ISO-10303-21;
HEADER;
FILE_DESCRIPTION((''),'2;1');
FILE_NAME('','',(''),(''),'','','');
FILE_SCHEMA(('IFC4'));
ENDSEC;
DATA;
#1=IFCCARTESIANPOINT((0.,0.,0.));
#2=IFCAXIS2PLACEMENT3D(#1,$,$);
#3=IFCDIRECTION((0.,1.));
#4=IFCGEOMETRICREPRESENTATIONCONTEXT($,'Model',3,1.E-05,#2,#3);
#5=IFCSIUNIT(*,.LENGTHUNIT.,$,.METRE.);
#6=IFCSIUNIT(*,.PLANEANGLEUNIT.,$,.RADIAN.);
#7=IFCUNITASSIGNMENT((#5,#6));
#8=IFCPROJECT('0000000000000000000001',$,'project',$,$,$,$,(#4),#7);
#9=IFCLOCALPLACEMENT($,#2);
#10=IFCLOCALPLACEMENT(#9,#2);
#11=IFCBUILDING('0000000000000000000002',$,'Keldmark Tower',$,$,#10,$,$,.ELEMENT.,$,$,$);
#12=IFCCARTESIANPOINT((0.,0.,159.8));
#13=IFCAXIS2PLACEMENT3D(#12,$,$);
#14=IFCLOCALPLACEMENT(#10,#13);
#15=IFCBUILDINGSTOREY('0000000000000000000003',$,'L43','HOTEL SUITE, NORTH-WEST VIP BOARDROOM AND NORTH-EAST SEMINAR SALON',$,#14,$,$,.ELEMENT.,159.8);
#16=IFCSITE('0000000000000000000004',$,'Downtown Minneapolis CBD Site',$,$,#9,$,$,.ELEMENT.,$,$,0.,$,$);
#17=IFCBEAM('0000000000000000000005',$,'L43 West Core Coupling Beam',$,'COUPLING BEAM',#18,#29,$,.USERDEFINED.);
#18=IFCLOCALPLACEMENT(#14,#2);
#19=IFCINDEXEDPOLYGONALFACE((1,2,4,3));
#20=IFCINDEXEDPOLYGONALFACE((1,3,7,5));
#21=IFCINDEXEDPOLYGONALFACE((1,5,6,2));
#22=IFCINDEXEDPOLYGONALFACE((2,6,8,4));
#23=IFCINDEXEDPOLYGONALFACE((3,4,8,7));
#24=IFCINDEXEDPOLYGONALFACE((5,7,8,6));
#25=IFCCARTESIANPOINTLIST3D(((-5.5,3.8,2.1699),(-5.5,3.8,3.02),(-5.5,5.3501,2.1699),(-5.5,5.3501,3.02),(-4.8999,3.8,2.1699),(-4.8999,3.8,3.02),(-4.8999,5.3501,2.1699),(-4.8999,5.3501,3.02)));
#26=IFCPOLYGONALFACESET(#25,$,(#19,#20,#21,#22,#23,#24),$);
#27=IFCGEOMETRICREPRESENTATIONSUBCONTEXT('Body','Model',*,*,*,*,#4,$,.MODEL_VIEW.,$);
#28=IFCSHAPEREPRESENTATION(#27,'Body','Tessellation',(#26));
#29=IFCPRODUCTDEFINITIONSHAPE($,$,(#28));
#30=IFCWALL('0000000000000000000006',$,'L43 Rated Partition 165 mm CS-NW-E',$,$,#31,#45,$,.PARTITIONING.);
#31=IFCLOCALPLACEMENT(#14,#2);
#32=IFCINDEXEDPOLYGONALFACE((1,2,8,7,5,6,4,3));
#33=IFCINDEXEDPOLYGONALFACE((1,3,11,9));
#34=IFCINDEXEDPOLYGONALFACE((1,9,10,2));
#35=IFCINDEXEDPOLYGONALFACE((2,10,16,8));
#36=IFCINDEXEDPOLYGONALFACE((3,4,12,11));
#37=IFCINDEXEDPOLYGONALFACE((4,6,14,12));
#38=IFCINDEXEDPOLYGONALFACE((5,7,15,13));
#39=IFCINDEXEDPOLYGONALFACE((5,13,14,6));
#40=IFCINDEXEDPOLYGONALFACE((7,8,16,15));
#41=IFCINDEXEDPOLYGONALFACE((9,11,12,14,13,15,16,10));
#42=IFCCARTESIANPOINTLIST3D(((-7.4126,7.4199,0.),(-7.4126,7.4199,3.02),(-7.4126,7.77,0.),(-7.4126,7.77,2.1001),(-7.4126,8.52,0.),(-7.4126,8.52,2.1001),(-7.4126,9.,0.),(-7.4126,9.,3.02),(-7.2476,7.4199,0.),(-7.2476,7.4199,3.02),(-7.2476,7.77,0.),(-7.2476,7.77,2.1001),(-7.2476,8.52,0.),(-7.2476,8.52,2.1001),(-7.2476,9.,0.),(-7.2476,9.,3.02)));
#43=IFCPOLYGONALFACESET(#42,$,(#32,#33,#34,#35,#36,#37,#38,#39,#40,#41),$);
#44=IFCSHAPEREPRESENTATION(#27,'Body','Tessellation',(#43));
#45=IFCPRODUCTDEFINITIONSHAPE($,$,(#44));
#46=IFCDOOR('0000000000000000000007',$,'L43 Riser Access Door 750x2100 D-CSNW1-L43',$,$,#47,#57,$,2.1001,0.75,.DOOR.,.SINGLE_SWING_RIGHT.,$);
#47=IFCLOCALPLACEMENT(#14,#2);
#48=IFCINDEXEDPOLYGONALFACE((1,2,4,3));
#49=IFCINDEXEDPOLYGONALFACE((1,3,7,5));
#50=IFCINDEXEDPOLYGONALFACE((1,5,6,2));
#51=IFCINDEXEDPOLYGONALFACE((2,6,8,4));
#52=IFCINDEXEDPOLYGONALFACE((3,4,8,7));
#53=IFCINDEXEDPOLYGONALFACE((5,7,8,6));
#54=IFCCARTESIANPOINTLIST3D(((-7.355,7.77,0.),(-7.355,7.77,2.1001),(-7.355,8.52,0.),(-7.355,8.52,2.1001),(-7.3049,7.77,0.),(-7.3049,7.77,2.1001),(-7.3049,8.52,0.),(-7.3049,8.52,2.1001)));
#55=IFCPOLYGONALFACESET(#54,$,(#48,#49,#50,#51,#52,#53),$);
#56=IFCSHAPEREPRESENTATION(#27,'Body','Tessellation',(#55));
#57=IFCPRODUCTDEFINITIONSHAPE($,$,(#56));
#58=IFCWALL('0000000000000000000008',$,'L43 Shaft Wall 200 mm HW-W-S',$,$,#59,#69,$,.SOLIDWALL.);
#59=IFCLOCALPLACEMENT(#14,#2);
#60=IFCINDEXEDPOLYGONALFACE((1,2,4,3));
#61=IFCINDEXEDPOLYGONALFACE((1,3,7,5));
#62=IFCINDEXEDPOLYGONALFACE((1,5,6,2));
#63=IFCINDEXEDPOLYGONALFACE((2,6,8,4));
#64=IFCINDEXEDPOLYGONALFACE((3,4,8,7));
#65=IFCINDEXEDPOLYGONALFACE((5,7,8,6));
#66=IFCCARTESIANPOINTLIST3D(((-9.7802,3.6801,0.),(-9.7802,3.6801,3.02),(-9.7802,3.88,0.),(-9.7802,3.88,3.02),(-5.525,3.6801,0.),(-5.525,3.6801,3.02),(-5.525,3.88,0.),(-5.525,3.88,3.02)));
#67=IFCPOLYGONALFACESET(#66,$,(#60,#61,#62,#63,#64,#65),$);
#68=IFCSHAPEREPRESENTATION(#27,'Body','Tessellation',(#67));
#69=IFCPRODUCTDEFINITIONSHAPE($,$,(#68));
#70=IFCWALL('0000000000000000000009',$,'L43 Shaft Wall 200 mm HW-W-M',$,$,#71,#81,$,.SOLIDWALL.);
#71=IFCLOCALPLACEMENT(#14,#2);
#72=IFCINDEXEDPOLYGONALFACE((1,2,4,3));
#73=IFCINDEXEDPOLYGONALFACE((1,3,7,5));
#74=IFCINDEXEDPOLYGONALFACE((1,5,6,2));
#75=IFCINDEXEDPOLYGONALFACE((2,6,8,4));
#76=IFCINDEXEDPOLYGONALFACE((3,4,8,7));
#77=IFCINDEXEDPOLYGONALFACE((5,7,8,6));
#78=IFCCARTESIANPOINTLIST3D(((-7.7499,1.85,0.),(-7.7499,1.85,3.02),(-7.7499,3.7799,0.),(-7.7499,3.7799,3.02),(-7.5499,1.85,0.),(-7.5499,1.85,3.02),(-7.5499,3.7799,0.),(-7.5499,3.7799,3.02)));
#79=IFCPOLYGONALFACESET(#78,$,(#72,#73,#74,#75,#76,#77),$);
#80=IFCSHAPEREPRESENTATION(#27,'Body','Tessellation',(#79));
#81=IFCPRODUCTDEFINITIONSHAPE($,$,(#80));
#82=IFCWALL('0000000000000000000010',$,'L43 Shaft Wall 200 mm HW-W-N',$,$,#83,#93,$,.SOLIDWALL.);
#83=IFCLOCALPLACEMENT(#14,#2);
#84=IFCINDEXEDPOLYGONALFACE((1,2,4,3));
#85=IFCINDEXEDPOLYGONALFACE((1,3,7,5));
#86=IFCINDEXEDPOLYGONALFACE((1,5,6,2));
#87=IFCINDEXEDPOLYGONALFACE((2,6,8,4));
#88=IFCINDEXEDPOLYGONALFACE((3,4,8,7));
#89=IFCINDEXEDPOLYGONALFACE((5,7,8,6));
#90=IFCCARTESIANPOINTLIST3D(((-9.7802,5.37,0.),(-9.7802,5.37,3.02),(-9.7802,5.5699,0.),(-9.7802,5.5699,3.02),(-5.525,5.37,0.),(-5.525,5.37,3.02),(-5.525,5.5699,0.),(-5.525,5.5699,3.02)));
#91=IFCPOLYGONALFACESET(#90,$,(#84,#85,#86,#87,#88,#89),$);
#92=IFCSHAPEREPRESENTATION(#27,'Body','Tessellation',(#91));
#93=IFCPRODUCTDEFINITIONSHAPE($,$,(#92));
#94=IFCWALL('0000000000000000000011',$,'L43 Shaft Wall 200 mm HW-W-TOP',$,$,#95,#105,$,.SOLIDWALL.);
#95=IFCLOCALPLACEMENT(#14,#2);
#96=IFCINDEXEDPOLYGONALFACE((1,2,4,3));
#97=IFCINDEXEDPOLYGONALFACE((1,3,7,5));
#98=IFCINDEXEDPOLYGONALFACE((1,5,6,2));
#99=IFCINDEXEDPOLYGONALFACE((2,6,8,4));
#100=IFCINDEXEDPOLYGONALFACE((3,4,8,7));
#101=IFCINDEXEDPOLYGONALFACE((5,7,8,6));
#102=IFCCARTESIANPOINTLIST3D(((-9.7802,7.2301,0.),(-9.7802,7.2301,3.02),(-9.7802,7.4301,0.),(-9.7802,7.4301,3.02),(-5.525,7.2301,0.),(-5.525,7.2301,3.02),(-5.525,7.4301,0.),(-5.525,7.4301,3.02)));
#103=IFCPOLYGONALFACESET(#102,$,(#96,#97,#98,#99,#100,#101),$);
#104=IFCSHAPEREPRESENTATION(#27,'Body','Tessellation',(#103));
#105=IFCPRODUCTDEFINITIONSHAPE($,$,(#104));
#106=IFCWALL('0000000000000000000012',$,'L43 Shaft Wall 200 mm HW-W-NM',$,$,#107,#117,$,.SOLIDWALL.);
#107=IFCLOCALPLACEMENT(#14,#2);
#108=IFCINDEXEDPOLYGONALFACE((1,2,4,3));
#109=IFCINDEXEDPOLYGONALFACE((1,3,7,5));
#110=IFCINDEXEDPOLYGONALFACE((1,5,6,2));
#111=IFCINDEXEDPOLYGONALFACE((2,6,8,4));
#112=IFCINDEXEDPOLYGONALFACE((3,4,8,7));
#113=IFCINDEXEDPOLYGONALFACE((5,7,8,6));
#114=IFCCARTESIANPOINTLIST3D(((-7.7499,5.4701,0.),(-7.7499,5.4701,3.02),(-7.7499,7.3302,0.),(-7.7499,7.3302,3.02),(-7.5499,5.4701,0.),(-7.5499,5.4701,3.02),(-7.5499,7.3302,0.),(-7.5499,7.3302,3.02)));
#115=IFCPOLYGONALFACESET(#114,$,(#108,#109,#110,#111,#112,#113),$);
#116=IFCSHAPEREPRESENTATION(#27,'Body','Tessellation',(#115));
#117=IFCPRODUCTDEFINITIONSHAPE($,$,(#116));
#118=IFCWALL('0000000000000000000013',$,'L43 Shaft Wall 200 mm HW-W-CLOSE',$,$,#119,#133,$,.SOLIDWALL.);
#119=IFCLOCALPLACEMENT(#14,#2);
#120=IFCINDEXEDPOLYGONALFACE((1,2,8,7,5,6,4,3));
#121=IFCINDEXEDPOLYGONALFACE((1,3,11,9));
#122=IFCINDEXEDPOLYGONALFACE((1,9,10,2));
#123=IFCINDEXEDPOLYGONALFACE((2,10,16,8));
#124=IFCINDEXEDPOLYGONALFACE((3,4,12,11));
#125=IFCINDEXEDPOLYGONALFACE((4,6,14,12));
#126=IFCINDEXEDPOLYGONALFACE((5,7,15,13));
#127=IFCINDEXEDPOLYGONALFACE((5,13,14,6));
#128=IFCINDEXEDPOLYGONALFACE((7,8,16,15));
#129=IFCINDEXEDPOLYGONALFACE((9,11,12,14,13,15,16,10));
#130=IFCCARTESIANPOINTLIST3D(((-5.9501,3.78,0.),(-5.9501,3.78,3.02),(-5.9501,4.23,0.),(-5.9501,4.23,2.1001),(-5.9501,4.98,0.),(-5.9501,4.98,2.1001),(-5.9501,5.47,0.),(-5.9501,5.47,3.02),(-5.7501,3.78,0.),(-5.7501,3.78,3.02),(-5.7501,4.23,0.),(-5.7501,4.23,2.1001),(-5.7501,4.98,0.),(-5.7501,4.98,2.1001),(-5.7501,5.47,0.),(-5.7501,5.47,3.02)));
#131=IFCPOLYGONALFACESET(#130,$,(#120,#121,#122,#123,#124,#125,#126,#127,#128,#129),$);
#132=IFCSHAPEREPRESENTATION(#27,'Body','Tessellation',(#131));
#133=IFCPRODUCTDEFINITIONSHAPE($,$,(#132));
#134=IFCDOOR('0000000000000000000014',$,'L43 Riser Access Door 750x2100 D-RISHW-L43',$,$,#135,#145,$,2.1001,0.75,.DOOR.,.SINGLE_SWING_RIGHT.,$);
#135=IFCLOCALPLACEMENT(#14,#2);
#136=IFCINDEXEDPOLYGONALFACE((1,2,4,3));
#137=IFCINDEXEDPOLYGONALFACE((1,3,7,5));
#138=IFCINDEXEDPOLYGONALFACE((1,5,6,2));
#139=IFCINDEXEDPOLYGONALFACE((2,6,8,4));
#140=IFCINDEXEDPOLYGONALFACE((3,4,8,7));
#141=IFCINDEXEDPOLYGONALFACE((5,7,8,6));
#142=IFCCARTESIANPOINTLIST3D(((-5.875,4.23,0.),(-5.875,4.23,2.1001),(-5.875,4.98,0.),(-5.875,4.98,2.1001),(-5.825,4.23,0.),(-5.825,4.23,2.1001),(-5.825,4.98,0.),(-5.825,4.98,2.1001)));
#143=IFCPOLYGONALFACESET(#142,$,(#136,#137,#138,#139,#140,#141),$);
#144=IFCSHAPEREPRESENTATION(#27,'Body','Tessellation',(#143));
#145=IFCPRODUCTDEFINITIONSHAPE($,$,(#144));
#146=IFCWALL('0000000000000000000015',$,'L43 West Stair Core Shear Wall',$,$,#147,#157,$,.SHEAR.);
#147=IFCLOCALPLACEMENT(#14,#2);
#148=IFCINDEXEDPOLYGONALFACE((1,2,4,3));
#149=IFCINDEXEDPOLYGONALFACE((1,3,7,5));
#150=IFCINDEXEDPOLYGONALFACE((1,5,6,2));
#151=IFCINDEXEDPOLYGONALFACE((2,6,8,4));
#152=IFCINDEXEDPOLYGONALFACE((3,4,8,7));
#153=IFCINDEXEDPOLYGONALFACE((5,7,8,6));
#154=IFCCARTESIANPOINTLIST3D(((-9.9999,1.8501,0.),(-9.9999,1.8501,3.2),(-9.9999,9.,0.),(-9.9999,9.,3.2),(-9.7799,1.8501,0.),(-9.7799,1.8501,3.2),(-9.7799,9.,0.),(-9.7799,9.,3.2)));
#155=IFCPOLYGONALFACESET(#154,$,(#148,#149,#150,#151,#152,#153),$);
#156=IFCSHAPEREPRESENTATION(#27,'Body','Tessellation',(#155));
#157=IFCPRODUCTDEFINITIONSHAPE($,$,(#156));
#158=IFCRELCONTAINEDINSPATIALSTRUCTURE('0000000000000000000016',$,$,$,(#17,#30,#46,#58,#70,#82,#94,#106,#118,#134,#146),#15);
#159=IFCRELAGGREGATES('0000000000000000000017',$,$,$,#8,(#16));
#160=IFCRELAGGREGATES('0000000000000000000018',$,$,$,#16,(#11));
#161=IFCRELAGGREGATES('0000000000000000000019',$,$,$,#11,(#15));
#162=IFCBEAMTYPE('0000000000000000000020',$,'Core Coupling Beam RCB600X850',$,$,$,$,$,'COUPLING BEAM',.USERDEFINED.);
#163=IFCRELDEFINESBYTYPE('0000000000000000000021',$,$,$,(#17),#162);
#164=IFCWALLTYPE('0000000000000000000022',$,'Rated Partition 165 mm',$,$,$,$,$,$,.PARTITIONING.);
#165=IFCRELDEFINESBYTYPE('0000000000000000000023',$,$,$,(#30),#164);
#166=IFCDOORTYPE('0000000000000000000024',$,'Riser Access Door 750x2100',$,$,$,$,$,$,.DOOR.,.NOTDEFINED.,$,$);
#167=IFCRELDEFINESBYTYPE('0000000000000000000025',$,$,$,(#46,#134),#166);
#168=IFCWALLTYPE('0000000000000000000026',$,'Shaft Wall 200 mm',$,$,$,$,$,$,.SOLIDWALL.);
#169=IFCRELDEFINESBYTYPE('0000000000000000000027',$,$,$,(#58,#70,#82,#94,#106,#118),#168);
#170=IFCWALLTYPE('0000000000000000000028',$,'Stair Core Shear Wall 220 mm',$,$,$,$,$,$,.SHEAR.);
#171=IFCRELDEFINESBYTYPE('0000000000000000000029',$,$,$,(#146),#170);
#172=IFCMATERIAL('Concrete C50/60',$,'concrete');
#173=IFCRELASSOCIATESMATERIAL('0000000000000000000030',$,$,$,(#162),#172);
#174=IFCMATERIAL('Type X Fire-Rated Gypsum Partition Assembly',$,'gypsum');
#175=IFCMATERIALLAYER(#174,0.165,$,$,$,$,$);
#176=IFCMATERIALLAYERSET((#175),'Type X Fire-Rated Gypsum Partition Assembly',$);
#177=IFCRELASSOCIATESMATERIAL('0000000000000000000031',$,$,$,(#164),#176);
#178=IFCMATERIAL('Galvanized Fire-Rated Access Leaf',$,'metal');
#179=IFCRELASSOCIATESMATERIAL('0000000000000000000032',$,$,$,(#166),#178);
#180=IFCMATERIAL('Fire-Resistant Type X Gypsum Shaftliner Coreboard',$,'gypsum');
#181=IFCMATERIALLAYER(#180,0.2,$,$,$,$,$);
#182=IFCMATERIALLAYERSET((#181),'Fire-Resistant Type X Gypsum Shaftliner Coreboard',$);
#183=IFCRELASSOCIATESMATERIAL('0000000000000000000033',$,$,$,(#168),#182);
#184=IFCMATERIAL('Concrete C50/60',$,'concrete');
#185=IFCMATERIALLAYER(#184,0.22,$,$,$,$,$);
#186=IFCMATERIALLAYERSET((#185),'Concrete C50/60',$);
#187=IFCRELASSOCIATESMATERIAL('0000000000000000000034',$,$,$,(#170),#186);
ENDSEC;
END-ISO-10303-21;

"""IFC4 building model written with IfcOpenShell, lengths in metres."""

from ifc_helpers import new_model, si_unit, direction, frame, frame_2d, origin, origin_2d, place, context, subcontext, project, spatial, rectangle, extrude, material, layer, layer_set, material_profile, profile_set, type_object, element, fill, save


model = new_model("IFC4")

# Units and contexts
model_context = context("Model", 3, precision=1e-05, world=origin(), true_north=direction((0.0, 1.0)))
body_context = subcontext(model_context, "Body", "Model", "MODEL_VIEW")
ifc_project = project(units=[si_unit("LENGTHUNIT", "METRE"), si_unit("PLANEANGLEUNIT", "RADIAN")], contexts=[model_context])

# Site, building, storey
site_placement = place(None, origin())
site = spatial("IfcSite", under=ifc_project, at=site_placement, Name="Downtown Minneapolis CBD Site", CompositionType="ELEMENT", RefElevation=0.0)
building_placement = place(site_placement, origin())
building = spatial("IfcBuilding", under=site, at=building_placement, Name="Keldmark Tower", CompositionType="ELEMENT")
storey_placement = place(building_placement, frame((0.0, 0.0, 159.8)))
storey = spatial("IfcBuildingStorey", under=building, at=storey_placement, Name="L43", Description="HOTEL SUITE, NORTH-WEST VIP BOARDROOM AND NORTH-EAST SEMINAR SALON", CompositionType="ELEMENT", Elevation=159.8)

# Beam
ifc_material_1 = material(Name="Concrete C50/60", Category="concrete")
ifc_material_profile = material_profile(ifc_material_1, rectangle(XDim=0.6001, YDim=0.8501, at=origin_2d()), Name="RCB600X850")
ifc_profile_set = profile_set([ifc_material_profile], Name="Concrete C50/60")
beam_type = type_object("IfcBeamType", Name="Core Coupling Beam RCB600X850", ElementType="COUPLING BEAM", PredefinedType="USERDEFINED", material=ifc_profile_set)
beam_placement = place(storey_placement, frame((-5.2, 3.8, 2.595), z_axis=(0.0, 1.0, 0.0), x_axis=(-1.0, 0.0, 0.0)))
element("IfcBeam", 1, at=beam_placement, inside=storey, type_object=beam_type, Name="L43 West Core Coupling Beam", ObjectType="COUPLING BEAM", PredefinedType="USERDEFINED", context=body_context, shape_type="SweptSolid", body=[
    extrude(rectangle(XDim=0.6001, YDim=0.8501, at=origin_2d()), origin(), (0.0, 0.0, 1.0), 1.55),
])

# Wall, opening, door
ifc_material_2 = material(Name="Type X Fire-Rated Gypsum Partition Assembly", Category="gypsum")
ifc_layer_1 = layer(ifc_material_2, 0.165)
ifc_layer_set_1 = layer_set([ifc_layer_1], Name="Type X Fire-Rated Gypsum Partition Assembly")
wall_type_1 = type_object("IfcWallType", Name="Rated Partition 165 mm", PredefinedType="PARTITIONING", material=ifc_layer_set_1)
wall_1_placement = place(storey_placement, frame((-7.3301, 7.4199, 0.0), z_axis=(0.0, 0.0, 1.0), x_axis=(0.0, 1.0, 0.0)))
wall_1 = element("IfcWall", 2, at=wall_1_placement, inside=storey, type_object=wall_type_1, Name="L43 Rated Partition 165 mm CS-NW-E", PredefinedType="PARTITIONING", context=body_context, shape_type="SweptSolid", body=[
    extrude(rectangle(XDim=1.5801, YDim=0.165, at=frame_2d((0.79, 0.0))), origin(), (0.0, 0.0, 1.0), 3.02),
])
opening_1_placement = place(wall_1_placement, frame((0.3501, 0.0, 0.0)))
opening_1 = element("IfcOpeningElement", 3, at=opening_1_placement, cuts=wall_1, PredefinedType="OPENING", context=body_context, shape_type="SweptSolid", body=[
    extrude(rectangle(XDim=0.75, YDim=2.1001, at=frame_2d((0.375, 1.05))), frame((0.0, 0.0925, 0.0), z_axis=(0.0, -1.0, 0.0), x_axis=(1.0, 0.0, 0.0)), (0.0, 0.0, 1.0), 0.1851),
])
ifc_material_3 = material(Name="Galvanized Fire-Rated Access Leaf", Category="metal")
door_type = type_object("IfcDoorType", Name="Riser Access Door 750x2100", OperationType="NOTDEFINED", PredefinedType="DOOR", material=ifc_material_3)
door_1_placement = place(opening_1_placement, origin())
door_1 = element("IfcDoor", 4, at=door_1_placement, inside=storey, type_object=door_type, Name="L43 Riser Access Door 750x2100 D-CSNW1-L43", OperationType="SINGLE_SWING_RIGHT", OverallHeight=2.1001, OverallWidth=0.75, PredefinedType="DOOR", context=body_context, shape_type="SweptSolid", body=[
    extrude(rectangle(XDim=0.75, YDim=2.1001, at=frame_2d((0.375, 1.05))), frame((0.0, 0.0249, 0.0), z_axis=(0.0, -1.0, 0.0), x_axis=(1.0, 0.0, 0.0)), (0.0, 0.0, 1.0), 0.05),
])
fill(opening_1, door_1)

# Walls
ifc_material_4 = material(Name="Fire-Resistant Type X Gypsum Shaftliner Coreboard", Category="gypsum")
ifc_layer_2 = layer(ifc_material_4, 0.2)
ifc_layer_set_2 = layer_set([ifc_layer_2], Name="Fire-Resistant Type X Gypsum Shaftliner Coreboard")
wall_type_2 = type_object("IfcWallType", Name="Shaft Wall 200 mm", PredefinedType="SOLIDWALL", material=ifc_layer_set_2)
wall_2_placement = place(storey_placement, frame((-9.78, 3.78, 0.0), z_axis=(0.0, 0.0, 1.0), x_axis=(1.0, 0.0, 0.0)))
element("IfcWall", 5, at=wall_2_placement, inside=storey, type_object=wall_type_2, Name="L43 Shaft Wall 200 mm HW-W-S", PredefinedType="SOLIDWALL", context=body_context, shape_type="SweptSolid", body=[
    extrude(rectangle(XDim=4.2551, YDim=0.2, at=frame_2d((2.1274, 0.0))), origin(), (0.0, 0.0, 1.0), 3.02),
])
wall_3_placement = place(storey_placement, frame((-7.6499, 1.8501, 0.0), z_axis=(0.0, 0.0, 1.0), x_axis=(0.0, 1.0, 0.0)))
element("IfcWall", 6, at=wall_3_placement, inside=storey, type_object=wall_type_2, Name="L43 Shaft Wall 200 mm HW-W-M", PredefinedType="SOLIDWALL", context=body_context, shape_type="SweptSolid", body=[
    extrude(rectangle(XDim=1.9299, YDim=0.2, at=frame_2d((0.9648, 0.0))), origin(), (0.0, 0.0, 1.0), 3.02),
])
for number, where, z_axis, x_axis, name in (
    (7, (-9.78, 5.47, 0.0), (0.0, 0.0, 1.0), (1.0, 0.0, 0.0), "L43 Shaft Wall 200 mm HW-W-N"),
    (8, (-9.78, 7.3301, 0.0), (0.0, 0.0, 1.0), (1.0, 0.0, 0.0), "L43 Shaft Wall 200 mm HW-W-TOP"),
):
    element("IfcWall", number, at=place(storey_placement, frame(where, z_axis=z_axis, x_axis=x_axis)), inside=storey, type_object=wall_type_2, Name=name, PredefinedType="SOLIDWALL", context=body_context, shape_type="SweptSolid", body=[
        extrude(rectangle(XDim=4.2551, YDim=0.2, at=frame_2d((2.1274, 0.0))), origin(), (0.0, 0.0, 1.0), 3.02),
    ])
wall_4_placement = place(storey_placement, frame((-7.6499, 5.47, 0.0), z_axis=(0.0, 0.0, 1.0), x_axis=(0.0, 1.0, 0.0)))
element("IfcWall", 9, at=wall_4_placement, inside=storey, type_object=wall_type_2, Name="L43 Shaft Wall 200 mm HW-W-NM", PredefinedType="SOLIDWALL", context=body_context, shape_type="SweptSolid", body=[
    extrude(rectangle(XDim=1.8601, YDim=0.2, at=frame_2d((0.9302, 0.0))), origin(), (0.0, 0.0, 1.0), 3.02),
])

# Wall, opening, door
wall_5_placement = place(storey_placement, frame((-5.8501, 3.78, 0.0), z_axis=(0.0, 0.0, 1.0), x_axis=(0.0, 1.0, 0.0)))
wall_5 = element("IfcWall", 10, at=wall_5_placement, inside=storey, type_object=wall_type_2, Name="L43 Shaft Wall 200 mm HW-W-CLOSE", PredefinedType="SOLIDWALL", context=body_context, shape_type="SweptSolid", body=[
    extrude(rectangle(XDim=1.6899, YDim=0.2, at=frame_2d((0.845, 0.0))), origin(), (0.0, 0.0, 1.0), 3.02),
])
opening_2_placement = place(wall_5_placement, frame((0.45, 0.0, 0.0)))
opening_2 = element("IfcOpeningElement", 11, at=opening_2_placement, cuts=wall_5, PredefinedType="OPENING", context=body_context, shape_type="SweptSolid", body=[
    extrude(rectangle(XDim=0.75, YDim=2.1001, at=frame_2d((0.375, 1.05))), frame((0.0, 0.1099, 0.0), z_axis=(0.0, -1.0, 0.0), x_axis=(1.0, 0.0, 0.0)), (0.0, 0.0, 1.0), 0.22),
])
door_2_placement = place(opening_2_placement, origin())
door_2 = element("IfcDoor", 12, at=door_2_placement, inside=storey, type_object=door_type, Name="L43 Riser Access Door 750x2100 D-RISHW-L43", OperationType="SINGLE_SWING_RIGHT", OverallHeight=2.1001, OverallWidth=0.75, PredefinedType="DOOR", context=body_context, shape_type="SweptSolid", body=[
    extrude(rectangle(XDim=0.75, YDim=2.1001, at=frame_2d((0.375, 1.05))), frame((0.0, 0.0249, 0.0), z_axis=(0.0, -1.0, 0.0), x_axis=(1.0, 0.0, 0.0)), (0.0, 0.0, 1.0), 0.05),
])
fill(opening_2, door_2)

# Wall
ifc_material_5 = material(Name="Concrete C50/60", Category="concrete")
ifc_layer_3 = layer(ifc_material_5, 0.22)
ifc_layer_set_3 = layer_set([ifc_layer_3], Name="Concrete C50/60")
wall_type_3 = type_object("IfcWallType", Name="Stair Core Shear Wall 220 mm", PredefinedType="SHEAR", material=ifc_layer_set_3)
wall_6_placement = place(storey_placement, frame((-9.8899, 1.8501, 0.0), z_axis=(0.0, 0.0, 1.0), x_axis=(0.0, 1.0, 0.0)))
element("IfcWall", 13, at=wall_6_placement, inside=storey, type_object=wall_type_3, Name="L43 West Stair Core Shear Wall", PredefinedType="SHEAR", context=body_context, shape_type="SweptSolid", body=[
    extrude(rectangle(XDim=7.1499, YDim=0.22, at=frame_2d((3.575, 0.0))), origin(), (0.0, 0.0, 1.0), 3.2),
])

save(model, "model.ifc")
